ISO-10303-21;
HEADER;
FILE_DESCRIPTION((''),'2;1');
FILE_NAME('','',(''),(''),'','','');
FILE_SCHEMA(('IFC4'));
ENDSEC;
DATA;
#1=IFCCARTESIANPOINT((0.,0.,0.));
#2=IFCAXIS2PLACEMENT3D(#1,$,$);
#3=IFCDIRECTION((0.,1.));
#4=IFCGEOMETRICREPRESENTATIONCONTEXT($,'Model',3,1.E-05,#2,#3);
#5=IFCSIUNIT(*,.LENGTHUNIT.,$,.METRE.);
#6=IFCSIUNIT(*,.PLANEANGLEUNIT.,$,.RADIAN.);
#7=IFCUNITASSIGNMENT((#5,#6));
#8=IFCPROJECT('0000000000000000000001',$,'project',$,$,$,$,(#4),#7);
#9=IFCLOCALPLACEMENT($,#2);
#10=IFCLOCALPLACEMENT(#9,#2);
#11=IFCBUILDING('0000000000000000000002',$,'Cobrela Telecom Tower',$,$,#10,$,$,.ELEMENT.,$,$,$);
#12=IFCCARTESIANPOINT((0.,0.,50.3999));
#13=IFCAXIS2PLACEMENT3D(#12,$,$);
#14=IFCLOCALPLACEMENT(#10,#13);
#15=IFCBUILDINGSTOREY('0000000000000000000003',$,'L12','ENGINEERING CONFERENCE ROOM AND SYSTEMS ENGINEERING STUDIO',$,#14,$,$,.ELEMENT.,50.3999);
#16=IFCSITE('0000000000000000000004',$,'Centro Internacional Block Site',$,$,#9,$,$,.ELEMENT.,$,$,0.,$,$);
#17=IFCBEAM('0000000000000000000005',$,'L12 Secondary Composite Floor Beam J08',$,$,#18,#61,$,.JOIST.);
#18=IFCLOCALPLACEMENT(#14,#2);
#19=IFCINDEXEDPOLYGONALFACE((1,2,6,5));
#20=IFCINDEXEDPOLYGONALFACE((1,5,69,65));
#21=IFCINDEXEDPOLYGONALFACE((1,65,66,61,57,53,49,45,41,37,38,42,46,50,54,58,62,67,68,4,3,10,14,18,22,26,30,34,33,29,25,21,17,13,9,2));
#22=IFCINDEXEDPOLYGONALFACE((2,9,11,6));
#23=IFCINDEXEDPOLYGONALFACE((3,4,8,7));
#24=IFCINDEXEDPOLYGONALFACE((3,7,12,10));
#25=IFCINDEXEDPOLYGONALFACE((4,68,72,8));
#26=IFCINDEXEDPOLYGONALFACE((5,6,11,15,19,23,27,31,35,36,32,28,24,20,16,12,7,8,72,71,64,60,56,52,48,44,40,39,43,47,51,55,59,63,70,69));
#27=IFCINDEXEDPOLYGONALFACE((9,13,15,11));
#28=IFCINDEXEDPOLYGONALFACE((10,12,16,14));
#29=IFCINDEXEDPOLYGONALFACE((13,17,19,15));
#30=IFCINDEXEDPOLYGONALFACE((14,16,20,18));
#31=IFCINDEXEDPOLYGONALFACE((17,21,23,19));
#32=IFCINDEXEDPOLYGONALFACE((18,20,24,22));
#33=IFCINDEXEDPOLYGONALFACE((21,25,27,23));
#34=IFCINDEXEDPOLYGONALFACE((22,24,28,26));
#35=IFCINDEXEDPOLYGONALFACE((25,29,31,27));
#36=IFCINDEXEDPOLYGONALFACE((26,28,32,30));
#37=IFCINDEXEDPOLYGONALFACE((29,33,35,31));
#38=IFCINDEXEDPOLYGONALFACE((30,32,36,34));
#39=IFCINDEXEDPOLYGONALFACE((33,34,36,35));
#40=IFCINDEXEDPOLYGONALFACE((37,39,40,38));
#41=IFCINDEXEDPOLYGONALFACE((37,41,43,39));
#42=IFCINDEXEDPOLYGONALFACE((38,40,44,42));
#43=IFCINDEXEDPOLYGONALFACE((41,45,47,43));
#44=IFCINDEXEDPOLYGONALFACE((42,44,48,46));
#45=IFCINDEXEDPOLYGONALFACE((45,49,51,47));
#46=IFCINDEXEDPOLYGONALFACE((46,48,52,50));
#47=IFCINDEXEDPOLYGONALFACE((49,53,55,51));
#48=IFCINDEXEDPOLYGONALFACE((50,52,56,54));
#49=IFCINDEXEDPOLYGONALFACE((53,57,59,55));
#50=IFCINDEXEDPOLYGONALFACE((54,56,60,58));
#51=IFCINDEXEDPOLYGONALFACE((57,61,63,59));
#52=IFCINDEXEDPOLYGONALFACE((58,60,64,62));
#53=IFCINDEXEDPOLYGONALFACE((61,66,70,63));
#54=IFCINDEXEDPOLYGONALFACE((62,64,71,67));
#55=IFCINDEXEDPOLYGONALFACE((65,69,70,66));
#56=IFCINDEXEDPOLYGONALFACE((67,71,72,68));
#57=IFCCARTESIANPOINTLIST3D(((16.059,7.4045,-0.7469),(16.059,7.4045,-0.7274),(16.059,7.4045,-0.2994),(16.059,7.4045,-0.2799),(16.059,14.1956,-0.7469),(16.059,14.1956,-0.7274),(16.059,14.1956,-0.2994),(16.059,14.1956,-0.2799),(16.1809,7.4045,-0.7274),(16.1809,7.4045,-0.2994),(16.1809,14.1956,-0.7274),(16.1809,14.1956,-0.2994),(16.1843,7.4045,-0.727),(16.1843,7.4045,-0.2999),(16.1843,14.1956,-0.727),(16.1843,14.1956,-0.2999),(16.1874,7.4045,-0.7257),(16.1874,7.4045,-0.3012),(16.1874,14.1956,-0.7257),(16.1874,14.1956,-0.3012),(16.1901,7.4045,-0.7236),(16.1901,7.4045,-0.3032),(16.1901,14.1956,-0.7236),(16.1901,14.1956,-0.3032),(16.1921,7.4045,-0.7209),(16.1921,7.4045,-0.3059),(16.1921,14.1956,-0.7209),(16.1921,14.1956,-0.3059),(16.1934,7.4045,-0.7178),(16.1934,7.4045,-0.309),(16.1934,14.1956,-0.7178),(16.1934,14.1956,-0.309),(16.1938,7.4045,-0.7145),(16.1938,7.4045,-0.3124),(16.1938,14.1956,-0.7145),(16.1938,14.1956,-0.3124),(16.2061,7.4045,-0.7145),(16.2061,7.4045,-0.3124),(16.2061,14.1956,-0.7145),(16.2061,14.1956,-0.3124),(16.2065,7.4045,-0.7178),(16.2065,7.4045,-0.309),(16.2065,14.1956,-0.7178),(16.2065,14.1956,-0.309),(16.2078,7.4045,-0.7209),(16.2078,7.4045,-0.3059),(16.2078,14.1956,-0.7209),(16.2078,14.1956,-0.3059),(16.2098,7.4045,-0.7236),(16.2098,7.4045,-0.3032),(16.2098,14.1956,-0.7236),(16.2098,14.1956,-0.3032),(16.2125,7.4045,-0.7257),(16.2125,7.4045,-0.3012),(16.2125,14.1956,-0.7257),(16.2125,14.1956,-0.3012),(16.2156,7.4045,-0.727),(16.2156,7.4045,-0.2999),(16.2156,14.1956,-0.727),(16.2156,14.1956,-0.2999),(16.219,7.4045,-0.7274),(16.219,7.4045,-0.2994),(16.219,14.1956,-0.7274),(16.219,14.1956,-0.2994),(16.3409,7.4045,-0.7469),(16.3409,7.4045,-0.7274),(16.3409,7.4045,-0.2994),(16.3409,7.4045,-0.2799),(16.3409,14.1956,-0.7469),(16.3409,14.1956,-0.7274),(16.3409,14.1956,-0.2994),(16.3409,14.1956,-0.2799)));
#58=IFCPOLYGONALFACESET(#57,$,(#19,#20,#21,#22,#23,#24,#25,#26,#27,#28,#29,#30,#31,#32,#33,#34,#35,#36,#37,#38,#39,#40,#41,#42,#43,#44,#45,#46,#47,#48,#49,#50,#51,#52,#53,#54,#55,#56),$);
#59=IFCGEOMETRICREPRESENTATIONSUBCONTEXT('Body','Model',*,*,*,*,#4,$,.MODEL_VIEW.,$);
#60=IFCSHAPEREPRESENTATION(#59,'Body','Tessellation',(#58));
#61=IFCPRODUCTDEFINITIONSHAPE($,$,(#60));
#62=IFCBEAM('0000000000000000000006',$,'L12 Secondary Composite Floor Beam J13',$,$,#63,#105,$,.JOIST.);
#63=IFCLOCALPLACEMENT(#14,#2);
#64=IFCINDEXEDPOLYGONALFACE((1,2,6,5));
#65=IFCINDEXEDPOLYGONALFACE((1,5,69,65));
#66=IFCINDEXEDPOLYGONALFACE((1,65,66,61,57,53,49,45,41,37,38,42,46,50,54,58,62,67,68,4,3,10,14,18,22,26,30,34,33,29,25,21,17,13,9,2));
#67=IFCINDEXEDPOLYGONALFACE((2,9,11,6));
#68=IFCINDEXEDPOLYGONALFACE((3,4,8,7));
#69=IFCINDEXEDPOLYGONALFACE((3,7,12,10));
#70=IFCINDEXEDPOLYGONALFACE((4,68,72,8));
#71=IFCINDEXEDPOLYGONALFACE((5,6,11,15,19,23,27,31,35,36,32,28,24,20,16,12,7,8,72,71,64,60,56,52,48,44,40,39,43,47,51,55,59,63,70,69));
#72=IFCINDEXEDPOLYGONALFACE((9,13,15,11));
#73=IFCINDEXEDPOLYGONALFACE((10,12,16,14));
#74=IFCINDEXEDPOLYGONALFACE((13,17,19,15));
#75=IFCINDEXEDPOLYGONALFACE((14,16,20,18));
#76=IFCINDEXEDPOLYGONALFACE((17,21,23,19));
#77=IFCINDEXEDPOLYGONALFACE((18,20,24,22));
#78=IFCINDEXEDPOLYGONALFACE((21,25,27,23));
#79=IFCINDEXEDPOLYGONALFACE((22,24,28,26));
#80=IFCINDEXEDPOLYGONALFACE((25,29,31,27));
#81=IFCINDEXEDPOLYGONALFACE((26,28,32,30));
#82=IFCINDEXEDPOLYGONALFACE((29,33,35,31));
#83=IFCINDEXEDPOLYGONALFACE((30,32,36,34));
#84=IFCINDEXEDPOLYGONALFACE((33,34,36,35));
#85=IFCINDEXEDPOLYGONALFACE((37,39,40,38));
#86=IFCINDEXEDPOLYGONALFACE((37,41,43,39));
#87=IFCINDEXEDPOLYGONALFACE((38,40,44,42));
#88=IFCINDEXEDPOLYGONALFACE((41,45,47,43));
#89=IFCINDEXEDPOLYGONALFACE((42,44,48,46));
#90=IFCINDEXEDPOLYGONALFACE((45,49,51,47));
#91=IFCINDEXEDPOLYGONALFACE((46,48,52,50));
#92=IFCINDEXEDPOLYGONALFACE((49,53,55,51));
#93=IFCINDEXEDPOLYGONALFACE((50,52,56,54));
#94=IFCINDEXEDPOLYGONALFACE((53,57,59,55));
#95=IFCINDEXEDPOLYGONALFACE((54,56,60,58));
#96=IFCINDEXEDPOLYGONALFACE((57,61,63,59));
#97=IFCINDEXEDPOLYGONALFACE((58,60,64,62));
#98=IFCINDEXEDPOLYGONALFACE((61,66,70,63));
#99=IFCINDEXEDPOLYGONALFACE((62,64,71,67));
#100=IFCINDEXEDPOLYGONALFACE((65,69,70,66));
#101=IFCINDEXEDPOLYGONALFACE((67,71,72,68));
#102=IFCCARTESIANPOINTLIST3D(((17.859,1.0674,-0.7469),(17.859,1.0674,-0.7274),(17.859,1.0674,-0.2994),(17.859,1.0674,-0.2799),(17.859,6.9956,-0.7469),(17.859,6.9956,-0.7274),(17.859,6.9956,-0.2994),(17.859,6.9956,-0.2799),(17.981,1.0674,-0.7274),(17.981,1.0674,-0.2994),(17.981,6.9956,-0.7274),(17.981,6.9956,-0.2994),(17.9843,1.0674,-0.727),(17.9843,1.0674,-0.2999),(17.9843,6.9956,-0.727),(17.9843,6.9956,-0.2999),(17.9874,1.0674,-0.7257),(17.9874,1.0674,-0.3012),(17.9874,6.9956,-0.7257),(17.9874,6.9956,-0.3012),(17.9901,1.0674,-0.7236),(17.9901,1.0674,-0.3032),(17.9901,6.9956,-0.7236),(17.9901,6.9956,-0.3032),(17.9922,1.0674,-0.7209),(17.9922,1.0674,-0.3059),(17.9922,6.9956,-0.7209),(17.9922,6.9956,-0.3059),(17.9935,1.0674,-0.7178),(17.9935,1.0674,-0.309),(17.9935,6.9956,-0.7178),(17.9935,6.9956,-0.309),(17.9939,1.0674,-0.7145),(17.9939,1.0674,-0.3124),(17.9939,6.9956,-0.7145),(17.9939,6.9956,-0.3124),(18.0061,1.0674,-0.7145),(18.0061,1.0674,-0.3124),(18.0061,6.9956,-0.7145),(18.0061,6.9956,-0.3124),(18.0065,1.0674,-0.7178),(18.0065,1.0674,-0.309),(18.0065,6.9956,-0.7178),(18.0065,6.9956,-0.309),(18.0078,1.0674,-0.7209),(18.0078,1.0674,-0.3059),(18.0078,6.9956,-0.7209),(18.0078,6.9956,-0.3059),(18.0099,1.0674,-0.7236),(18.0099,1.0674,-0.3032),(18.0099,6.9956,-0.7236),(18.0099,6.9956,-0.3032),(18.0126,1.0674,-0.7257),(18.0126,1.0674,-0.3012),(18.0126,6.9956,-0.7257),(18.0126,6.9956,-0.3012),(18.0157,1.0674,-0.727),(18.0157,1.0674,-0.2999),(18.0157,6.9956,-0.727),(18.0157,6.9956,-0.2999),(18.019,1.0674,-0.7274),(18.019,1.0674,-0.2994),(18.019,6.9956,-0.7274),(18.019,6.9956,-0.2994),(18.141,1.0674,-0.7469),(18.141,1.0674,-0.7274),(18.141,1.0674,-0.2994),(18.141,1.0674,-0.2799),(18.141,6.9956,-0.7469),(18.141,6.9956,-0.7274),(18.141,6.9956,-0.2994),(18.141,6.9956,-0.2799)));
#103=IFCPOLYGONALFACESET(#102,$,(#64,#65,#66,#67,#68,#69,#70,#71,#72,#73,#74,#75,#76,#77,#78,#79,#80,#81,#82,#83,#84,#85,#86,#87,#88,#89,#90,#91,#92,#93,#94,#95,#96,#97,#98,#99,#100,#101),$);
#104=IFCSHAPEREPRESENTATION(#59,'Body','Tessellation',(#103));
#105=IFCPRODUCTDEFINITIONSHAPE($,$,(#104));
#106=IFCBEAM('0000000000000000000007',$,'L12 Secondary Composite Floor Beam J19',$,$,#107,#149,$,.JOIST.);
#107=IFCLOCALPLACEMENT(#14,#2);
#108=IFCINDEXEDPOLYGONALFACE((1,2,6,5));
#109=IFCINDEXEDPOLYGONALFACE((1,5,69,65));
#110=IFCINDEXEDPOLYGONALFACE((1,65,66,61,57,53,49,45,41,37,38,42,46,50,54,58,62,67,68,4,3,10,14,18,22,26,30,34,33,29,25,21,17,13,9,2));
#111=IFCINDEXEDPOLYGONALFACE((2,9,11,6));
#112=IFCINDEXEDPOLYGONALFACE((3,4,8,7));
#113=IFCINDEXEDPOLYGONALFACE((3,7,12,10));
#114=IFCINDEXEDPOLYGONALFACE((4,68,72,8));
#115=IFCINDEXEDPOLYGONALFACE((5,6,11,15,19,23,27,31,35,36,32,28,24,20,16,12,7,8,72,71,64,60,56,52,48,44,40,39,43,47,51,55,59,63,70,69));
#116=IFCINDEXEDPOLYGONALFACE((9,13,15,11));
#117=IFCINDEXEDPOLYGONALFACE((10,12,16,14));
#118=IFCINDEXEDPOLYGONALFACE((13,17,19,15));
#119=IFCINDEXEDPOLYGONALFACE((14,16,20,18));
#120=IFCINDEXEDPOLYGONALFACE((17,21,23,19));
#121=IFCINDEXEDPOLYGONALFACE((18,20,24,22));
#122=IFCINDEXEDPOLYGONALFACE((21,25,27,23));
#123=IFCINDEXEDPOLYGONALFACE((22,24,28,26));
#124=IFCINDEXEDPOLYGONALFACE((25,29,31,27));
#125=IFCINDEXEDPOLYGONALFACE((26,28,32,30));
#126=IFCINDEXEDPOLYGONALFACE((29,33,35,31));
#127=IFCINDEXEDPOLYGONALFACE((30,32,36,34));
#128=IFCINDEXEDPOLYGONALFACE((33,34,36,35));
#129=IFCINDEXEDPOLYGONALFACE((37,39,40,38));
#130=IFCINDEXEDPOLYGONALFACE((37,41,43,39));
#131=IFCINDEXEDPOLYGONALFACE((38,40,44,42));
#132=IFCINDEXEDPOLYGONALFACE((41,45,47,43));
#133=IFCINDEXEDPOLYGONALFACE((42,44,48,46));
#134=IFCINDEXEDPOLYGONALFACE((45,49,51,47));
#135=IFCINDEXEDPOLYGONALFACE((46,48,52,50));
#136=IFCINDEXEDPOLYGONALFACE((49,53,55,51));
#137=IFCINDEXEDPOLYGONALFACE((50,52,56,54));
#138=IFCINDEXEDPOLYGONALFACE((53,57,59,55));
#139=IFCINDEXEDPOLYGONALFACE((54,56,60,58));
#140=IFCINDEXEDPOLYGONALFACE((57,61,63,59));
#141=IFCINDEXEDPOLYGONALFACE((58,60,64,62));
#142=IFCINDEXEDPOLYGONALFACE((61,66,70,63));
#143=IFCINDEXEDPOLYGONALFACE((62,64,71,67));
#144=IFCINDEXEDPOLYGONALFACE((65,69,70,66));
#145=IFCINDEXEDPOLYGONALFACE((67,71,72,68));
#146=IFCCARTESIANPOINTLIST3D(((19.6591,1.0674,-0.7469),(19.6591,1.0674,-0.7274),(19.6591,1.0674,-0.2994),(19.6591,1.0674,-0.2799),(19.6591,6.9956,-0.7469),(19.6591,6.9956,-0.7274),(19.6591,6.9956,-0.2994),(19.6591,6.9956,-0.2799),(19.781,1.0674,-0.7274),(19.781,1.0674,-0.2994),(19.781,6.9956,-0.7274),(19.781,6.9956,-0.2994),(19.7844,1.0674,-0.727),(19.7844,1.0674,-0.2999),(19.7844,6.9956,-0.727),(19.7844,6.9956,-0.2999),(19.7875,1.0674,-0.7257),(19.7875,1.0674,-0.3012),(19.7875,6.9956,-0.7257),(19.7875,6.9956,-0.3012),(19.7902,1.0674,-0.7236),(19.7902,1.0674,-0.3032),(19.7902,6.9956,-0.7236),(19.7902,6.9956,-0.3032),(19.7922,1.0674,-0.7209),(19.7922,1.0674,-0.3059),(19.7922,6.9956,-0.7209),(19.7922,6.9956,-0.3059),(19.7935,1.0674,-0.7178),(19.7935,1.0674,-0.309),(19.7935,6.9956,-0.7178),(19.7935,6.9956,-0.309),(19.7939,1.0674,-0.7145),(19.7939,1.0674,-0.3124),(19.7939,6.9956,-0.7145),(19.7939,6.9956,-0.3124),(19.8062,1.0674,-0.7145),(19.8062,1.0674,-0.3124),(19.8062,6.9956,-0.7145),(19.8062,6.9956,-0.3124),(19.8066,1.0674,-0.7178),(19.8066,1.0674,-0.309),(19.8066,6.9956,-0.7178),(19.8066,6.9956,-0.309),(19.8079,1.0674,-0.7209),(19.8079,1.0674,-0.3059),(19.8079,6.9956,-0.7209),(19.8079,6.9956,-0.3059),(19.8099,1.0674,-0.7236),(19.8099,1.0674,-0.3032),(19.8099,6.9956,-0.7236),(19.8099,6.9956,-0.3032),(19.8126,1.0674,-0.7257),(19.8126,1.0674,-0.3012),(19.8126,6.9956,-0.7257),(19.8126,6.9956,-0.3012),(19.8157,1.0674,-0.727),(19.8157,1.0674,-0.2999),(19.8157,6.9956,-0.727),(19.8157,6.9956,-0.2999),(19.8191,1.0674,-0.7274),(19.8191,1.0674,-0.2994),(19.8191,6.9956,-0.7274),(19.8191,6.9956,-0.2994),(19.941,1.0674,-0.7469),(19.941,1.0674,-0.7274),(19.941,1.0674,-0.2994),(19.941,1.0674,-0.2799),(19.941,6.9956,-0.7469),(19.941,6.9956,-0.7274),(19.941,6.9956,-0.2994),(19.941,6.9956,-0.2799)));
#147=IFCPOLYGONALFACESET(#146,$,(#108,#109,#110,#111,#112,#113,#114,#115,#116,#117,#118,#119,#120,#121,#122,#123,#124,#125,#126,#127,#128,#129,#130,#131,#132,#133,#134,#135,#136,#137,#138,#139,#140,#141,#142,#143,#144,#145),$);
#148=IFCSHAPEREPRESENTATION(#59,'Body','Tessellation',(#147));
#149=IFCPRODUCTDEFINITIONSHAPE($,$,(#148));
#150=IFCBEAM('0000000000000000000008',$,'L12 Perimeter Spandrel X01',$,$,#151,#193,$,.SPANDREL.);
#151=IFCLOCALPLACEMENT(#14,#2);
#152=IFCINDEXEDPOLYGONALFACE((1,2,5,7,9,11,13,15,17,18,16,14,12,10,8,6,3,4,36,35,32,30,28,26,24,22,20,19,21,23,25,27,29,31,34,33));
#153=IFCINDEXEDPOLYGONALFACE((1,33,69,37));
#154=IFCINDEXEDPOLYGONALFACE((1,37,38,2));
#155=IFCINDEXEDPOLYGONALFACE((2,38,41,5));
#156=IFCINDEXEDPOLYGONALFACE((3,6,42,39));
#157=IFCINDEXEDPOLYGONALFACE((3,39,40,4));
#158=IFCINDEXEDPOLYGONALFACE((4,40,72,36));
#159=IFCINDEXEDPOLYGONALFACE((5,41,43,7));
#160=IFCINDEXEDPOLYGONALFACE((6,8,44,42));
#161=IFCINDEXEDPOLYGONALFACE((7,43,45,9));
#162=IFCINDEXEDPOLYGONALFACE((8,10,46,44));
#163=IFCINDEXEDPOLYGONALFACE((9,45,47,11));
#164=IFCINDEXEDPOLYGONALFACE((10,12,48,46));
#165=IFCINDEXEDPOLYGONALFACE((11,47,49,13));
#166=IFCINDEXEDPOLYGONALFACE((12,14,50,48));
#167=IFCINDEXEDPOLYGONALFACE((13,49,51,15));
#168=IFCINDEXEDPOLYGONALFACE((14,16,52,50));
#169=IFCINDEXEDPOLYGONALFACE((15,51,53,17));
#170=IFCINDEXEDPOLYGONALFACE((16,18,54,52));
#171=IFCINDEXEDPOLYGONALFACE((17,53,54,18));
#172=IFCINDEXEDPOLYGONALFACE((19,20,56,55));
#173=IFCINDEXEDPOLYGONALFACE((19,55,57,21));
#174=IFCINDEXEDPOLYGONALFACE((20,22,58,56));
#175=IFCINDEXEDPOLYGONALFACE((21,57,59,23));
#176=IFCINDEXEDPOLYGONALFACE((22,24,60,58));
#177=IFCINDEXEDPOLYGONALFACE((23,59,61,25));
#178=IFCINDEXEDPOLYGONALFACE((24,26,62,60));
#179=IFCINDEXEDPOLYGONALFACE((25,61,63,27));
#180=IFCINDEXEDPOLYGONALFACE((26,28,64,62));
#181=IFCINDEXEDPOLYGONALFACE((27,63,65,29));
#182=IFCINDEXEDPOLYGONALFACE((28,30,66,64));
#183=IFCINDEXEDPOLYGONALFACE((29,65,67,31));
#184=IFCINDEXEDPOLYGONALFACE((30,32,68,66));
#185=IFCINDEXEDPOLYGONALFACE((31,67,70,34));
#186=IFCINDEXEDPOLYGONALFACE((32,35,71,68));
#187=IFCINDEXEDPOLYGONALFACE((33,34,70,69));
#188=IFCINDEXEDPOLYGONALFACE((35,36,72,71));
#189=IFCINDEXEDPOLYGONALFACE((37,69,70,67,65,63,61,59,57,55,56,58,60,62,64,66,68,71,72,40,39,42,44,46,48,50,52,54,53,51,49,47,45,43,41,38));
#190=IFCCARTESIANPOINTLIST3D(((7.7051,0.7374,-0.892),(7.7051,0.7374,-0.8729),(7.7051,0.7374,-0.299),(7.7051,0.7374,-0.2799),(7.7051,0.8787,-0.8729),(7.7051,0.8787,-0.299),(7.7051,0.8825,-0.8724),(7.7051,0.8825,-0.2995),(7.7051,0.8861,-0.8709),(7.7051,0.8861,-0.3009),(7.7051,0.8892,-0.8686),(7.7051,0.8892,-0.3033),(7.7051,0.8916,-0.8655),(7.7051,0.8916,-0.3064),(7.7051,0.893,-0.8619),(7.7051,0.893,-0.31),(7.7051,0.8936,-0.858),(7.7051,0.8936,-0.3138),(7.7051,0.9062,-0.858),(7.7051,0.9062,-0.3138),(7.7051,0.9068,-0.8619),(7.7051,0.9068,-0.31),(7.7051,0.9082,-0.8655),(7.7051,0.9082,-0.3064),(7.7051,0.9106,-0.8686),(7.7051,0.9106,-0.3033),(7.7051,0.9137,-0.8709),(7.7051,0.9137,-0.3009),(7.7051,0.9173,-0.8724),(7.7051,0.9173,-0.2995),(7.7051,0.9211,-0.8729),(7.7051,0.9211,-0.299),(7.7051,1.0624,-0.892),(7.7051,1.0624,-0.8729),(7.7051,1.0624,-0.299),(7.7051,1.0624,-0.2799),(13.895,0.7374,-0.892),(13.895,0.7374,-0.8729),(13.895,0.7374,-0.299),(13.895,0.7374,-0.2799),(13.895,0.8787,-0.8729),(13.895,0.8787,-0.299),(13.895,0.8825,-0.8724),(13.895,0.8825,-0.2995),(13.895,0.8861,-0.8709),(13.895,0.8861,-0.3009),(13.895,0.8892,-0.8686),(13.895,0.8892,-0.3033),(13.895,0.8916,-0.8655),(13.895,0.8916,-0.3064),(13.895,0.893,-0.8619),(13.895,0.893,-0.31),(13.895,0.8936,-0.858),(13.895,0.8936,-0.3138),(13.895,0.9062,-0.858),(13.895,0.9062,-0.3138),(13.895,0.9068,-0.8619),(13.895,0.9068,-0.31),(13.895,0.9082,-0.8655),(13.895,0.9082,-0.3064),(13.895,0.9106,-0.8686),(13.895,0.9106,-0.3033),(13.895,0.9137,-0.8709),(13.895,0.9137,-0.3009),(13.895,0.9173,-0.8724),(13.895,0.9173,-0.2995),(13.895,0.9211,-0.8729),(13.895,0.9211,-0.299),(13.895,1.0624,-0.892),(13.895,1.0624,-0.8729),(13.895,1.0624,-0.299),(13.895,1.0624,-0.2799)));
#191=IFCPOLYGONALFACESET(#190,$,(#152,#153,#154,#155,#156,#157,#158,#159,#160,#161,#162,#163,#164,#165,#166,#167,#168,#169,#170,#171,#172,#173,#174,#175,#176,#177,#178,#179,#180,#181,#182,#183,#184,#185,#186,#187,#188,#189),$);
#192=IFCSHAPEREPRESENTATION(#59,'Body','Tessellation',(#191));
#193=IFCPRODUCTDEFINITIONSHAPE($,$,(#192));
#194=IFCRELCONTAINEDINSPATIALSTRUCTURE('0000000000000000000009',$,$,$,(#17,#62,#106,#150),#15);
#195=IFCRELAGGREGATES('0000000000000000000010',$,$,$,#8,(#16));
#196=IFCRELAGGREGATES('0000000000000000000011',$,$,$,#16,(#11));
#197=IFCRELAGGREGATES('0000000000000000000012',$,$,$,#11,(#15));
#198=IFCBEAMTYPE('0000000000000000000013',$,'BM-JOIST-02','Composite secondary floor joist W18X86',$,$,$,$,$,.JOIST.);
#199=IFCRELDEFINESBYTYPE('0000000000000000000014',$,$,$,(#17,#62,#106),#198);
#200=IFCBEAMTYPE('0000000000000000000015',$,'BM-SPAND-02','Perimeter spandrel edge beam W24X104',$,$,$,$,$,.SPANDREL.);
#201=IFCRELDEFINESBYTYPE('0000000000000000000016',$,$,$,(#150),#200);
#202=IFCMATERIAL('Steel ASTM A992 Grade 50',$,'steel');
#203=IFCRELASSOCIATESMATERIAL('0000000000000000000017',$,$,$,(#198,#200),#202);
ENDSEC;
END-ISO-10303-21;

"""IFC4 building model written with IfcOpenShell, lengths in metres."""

from ifc_helpers import new_model, si_unit, direction, frame, origin, origin_2d, place, context, subcontext, project, spatial, i_section, extrude, material, material_profile, profile_set, type_object, element, save


model = new_model("IFC4")

# Units and contexts
model_context = context("Model", 3, precision=1e-05, world=origin(), true_north=direction((0.0, 1.0)))
body_context = subcontext(model_context, "Body", "Model", "MODEL_VIEW")
ifc_project = project(units=[si_unit("LENGTHUNIT", "METRE"), si_unit("PLANEANGLEUNIT", "RADIAN")], contexts=[model_context])

# Site, building, storey
site_placement = place(None, origin())
site = spatial("IfcSite", under=ifc_project, at=site_placement, Name="Centro Internacional Block Site", CompositionType="ELEMENT", RefElevation=0.0)
building_placement = place(site_placement, origin())
building = spatial("IfcBuilding", under=site, at=building_placement, Name="Cobrela Telecom Tower", CompositionType="ELEMENT")
storey_placement = place(building_placement, frame((0.0, 0.0, 50.3999)))
storey = spatial("IfcBuildingStorey", under=building, at=storey_placement, Name="L12", Description="ENGINEERING CONFERENCE ROOM AND SYSTEMS ENGINEERING STUDIO", CompositionType="ELEMENT", Elevation=50.3999)

# Beams
ifc_material_1 = material(Name="Steel ASTM A992 Grade 50", Category="steel")
ifc_material_profile_1 = material_profile(ifc_material_1, i_section(OverallWidth=0.282, OverallDepth=0.467, WebThickness=0.0122, FlangeThickness=0.0195, FilletRadius=0.0129, at=origin_2d()), Name="W18X86")
ifc_profile_set_1 = profile_set([ifc_material_profile_1], Name="Steel ASTM A992 Grade 50")
beam_type_1 = type_object("IfcBeamType", Name="BM-JOIST-02", Description="Composite secondary floor joist W18X86", PredefinedType="JOIST", material=ifc_profile_set_1)
beam_1_placement = place(storey_placement, frame((16.2, 7.4045, -0.5134), z_axis=(0.0, 1.0, 0.0), x_axis=(-1.0, 0.0, 0.0)))
element("IfcBeam", 1, at=beam_1_placement, inside=storey, type_object=beam_type_1, Name="L12 Secondary Composite Floor Beam J08", PredefinedType="JOIST", context=body_context, shape_type="SweptSolid", body=[
    extrude(i_section(OverallWidth=0.282, OverallDepth=0.467, WebThickness=0.0122, FlangeThickness=0.0195, FilletRadius=0.0129, at=origin_2d()), origin(), (0.0, 0.0, 1.0), 6.791),
])
for number, where, z_axis, x_axis, name in (
    (2, (18.0, 1.0674, -0.5134), (0.0, 1.0, 0.0), (-1.0, 0.0, 0.0), "L12 Secondary Composite Floor Beam J13"),
    (3, (19.8, 1.0674, -0.5134), (0.0, 1.0, 0.0), (-1.0, 0.0, 0.0), "L12 Secondary Composite Floor Beam J19"),
):
    element("IfcBeam", number, at=place(storey_placement, frame(where, z_axis=z_axis, x_axis=x_axis)), inside=storey, type_object=beam_type_1, Name=name, PredefinedType="JOIST", context=body_context, shape_type="SweptSolid", body=[
        extrude(i_section(OverallWidth=0.282, OverallDepth=0.467, WebThickness=0.0122, FlangeThickness=0.0195, FilletRadius=0.0129, at=origin_2d()), origin(), (0.0, 0.0, 1.0), 5.9282),
    ])
ifc_material_profile_2 = material_profile(ifc_material_1, i_section(OverallWidth=0.325, OverallDepth=0.6121, WebThickness=0.0127, FlangeThickness=0.019, FilletRadius=0.0149, at=origin_2d()), Name="W24X104")
ifc_profile_set_2 = profile_set([ifc_material_profile_2], Name="Steel ASTM A992 Grade 50")
beam_type_2 = type_object("IfcBeamType", Name="BM-SPAND-02", Description="Perimeter spandrel edge beam W24X104", PredefinedType="SPANDREL", material=ifc_profile_set_2)
for number, where, z_axis, x_axis, name in (
    (4, (7.7051, 0.8999, -0.5859), (1.0, 0.0, 0.0), (0.0, 1.0, 0.0), "L12 Perimeter Spandrel X01"),
):
    element("IfcBeam", number, at=place(storey_placement, frame(where, z_axis=z_axis, x_axis=x_axis)), inside=storey, type_object=beam_type_2, Name=name, PredefinedType="SPANDREL", context=body_context, shape_type="SweptSolid", body=[
        extrude(i_section(OverallWidth=0.325, OverallDepth=0.6121, WebThickness=0.0127, FlangeThickness=0.019, FilletRadius=0.0149, at=origin_2d()), origin(), (0.0, 0.0, 1.0), 6.1899),
    ])

save(model, "model.ifc")
